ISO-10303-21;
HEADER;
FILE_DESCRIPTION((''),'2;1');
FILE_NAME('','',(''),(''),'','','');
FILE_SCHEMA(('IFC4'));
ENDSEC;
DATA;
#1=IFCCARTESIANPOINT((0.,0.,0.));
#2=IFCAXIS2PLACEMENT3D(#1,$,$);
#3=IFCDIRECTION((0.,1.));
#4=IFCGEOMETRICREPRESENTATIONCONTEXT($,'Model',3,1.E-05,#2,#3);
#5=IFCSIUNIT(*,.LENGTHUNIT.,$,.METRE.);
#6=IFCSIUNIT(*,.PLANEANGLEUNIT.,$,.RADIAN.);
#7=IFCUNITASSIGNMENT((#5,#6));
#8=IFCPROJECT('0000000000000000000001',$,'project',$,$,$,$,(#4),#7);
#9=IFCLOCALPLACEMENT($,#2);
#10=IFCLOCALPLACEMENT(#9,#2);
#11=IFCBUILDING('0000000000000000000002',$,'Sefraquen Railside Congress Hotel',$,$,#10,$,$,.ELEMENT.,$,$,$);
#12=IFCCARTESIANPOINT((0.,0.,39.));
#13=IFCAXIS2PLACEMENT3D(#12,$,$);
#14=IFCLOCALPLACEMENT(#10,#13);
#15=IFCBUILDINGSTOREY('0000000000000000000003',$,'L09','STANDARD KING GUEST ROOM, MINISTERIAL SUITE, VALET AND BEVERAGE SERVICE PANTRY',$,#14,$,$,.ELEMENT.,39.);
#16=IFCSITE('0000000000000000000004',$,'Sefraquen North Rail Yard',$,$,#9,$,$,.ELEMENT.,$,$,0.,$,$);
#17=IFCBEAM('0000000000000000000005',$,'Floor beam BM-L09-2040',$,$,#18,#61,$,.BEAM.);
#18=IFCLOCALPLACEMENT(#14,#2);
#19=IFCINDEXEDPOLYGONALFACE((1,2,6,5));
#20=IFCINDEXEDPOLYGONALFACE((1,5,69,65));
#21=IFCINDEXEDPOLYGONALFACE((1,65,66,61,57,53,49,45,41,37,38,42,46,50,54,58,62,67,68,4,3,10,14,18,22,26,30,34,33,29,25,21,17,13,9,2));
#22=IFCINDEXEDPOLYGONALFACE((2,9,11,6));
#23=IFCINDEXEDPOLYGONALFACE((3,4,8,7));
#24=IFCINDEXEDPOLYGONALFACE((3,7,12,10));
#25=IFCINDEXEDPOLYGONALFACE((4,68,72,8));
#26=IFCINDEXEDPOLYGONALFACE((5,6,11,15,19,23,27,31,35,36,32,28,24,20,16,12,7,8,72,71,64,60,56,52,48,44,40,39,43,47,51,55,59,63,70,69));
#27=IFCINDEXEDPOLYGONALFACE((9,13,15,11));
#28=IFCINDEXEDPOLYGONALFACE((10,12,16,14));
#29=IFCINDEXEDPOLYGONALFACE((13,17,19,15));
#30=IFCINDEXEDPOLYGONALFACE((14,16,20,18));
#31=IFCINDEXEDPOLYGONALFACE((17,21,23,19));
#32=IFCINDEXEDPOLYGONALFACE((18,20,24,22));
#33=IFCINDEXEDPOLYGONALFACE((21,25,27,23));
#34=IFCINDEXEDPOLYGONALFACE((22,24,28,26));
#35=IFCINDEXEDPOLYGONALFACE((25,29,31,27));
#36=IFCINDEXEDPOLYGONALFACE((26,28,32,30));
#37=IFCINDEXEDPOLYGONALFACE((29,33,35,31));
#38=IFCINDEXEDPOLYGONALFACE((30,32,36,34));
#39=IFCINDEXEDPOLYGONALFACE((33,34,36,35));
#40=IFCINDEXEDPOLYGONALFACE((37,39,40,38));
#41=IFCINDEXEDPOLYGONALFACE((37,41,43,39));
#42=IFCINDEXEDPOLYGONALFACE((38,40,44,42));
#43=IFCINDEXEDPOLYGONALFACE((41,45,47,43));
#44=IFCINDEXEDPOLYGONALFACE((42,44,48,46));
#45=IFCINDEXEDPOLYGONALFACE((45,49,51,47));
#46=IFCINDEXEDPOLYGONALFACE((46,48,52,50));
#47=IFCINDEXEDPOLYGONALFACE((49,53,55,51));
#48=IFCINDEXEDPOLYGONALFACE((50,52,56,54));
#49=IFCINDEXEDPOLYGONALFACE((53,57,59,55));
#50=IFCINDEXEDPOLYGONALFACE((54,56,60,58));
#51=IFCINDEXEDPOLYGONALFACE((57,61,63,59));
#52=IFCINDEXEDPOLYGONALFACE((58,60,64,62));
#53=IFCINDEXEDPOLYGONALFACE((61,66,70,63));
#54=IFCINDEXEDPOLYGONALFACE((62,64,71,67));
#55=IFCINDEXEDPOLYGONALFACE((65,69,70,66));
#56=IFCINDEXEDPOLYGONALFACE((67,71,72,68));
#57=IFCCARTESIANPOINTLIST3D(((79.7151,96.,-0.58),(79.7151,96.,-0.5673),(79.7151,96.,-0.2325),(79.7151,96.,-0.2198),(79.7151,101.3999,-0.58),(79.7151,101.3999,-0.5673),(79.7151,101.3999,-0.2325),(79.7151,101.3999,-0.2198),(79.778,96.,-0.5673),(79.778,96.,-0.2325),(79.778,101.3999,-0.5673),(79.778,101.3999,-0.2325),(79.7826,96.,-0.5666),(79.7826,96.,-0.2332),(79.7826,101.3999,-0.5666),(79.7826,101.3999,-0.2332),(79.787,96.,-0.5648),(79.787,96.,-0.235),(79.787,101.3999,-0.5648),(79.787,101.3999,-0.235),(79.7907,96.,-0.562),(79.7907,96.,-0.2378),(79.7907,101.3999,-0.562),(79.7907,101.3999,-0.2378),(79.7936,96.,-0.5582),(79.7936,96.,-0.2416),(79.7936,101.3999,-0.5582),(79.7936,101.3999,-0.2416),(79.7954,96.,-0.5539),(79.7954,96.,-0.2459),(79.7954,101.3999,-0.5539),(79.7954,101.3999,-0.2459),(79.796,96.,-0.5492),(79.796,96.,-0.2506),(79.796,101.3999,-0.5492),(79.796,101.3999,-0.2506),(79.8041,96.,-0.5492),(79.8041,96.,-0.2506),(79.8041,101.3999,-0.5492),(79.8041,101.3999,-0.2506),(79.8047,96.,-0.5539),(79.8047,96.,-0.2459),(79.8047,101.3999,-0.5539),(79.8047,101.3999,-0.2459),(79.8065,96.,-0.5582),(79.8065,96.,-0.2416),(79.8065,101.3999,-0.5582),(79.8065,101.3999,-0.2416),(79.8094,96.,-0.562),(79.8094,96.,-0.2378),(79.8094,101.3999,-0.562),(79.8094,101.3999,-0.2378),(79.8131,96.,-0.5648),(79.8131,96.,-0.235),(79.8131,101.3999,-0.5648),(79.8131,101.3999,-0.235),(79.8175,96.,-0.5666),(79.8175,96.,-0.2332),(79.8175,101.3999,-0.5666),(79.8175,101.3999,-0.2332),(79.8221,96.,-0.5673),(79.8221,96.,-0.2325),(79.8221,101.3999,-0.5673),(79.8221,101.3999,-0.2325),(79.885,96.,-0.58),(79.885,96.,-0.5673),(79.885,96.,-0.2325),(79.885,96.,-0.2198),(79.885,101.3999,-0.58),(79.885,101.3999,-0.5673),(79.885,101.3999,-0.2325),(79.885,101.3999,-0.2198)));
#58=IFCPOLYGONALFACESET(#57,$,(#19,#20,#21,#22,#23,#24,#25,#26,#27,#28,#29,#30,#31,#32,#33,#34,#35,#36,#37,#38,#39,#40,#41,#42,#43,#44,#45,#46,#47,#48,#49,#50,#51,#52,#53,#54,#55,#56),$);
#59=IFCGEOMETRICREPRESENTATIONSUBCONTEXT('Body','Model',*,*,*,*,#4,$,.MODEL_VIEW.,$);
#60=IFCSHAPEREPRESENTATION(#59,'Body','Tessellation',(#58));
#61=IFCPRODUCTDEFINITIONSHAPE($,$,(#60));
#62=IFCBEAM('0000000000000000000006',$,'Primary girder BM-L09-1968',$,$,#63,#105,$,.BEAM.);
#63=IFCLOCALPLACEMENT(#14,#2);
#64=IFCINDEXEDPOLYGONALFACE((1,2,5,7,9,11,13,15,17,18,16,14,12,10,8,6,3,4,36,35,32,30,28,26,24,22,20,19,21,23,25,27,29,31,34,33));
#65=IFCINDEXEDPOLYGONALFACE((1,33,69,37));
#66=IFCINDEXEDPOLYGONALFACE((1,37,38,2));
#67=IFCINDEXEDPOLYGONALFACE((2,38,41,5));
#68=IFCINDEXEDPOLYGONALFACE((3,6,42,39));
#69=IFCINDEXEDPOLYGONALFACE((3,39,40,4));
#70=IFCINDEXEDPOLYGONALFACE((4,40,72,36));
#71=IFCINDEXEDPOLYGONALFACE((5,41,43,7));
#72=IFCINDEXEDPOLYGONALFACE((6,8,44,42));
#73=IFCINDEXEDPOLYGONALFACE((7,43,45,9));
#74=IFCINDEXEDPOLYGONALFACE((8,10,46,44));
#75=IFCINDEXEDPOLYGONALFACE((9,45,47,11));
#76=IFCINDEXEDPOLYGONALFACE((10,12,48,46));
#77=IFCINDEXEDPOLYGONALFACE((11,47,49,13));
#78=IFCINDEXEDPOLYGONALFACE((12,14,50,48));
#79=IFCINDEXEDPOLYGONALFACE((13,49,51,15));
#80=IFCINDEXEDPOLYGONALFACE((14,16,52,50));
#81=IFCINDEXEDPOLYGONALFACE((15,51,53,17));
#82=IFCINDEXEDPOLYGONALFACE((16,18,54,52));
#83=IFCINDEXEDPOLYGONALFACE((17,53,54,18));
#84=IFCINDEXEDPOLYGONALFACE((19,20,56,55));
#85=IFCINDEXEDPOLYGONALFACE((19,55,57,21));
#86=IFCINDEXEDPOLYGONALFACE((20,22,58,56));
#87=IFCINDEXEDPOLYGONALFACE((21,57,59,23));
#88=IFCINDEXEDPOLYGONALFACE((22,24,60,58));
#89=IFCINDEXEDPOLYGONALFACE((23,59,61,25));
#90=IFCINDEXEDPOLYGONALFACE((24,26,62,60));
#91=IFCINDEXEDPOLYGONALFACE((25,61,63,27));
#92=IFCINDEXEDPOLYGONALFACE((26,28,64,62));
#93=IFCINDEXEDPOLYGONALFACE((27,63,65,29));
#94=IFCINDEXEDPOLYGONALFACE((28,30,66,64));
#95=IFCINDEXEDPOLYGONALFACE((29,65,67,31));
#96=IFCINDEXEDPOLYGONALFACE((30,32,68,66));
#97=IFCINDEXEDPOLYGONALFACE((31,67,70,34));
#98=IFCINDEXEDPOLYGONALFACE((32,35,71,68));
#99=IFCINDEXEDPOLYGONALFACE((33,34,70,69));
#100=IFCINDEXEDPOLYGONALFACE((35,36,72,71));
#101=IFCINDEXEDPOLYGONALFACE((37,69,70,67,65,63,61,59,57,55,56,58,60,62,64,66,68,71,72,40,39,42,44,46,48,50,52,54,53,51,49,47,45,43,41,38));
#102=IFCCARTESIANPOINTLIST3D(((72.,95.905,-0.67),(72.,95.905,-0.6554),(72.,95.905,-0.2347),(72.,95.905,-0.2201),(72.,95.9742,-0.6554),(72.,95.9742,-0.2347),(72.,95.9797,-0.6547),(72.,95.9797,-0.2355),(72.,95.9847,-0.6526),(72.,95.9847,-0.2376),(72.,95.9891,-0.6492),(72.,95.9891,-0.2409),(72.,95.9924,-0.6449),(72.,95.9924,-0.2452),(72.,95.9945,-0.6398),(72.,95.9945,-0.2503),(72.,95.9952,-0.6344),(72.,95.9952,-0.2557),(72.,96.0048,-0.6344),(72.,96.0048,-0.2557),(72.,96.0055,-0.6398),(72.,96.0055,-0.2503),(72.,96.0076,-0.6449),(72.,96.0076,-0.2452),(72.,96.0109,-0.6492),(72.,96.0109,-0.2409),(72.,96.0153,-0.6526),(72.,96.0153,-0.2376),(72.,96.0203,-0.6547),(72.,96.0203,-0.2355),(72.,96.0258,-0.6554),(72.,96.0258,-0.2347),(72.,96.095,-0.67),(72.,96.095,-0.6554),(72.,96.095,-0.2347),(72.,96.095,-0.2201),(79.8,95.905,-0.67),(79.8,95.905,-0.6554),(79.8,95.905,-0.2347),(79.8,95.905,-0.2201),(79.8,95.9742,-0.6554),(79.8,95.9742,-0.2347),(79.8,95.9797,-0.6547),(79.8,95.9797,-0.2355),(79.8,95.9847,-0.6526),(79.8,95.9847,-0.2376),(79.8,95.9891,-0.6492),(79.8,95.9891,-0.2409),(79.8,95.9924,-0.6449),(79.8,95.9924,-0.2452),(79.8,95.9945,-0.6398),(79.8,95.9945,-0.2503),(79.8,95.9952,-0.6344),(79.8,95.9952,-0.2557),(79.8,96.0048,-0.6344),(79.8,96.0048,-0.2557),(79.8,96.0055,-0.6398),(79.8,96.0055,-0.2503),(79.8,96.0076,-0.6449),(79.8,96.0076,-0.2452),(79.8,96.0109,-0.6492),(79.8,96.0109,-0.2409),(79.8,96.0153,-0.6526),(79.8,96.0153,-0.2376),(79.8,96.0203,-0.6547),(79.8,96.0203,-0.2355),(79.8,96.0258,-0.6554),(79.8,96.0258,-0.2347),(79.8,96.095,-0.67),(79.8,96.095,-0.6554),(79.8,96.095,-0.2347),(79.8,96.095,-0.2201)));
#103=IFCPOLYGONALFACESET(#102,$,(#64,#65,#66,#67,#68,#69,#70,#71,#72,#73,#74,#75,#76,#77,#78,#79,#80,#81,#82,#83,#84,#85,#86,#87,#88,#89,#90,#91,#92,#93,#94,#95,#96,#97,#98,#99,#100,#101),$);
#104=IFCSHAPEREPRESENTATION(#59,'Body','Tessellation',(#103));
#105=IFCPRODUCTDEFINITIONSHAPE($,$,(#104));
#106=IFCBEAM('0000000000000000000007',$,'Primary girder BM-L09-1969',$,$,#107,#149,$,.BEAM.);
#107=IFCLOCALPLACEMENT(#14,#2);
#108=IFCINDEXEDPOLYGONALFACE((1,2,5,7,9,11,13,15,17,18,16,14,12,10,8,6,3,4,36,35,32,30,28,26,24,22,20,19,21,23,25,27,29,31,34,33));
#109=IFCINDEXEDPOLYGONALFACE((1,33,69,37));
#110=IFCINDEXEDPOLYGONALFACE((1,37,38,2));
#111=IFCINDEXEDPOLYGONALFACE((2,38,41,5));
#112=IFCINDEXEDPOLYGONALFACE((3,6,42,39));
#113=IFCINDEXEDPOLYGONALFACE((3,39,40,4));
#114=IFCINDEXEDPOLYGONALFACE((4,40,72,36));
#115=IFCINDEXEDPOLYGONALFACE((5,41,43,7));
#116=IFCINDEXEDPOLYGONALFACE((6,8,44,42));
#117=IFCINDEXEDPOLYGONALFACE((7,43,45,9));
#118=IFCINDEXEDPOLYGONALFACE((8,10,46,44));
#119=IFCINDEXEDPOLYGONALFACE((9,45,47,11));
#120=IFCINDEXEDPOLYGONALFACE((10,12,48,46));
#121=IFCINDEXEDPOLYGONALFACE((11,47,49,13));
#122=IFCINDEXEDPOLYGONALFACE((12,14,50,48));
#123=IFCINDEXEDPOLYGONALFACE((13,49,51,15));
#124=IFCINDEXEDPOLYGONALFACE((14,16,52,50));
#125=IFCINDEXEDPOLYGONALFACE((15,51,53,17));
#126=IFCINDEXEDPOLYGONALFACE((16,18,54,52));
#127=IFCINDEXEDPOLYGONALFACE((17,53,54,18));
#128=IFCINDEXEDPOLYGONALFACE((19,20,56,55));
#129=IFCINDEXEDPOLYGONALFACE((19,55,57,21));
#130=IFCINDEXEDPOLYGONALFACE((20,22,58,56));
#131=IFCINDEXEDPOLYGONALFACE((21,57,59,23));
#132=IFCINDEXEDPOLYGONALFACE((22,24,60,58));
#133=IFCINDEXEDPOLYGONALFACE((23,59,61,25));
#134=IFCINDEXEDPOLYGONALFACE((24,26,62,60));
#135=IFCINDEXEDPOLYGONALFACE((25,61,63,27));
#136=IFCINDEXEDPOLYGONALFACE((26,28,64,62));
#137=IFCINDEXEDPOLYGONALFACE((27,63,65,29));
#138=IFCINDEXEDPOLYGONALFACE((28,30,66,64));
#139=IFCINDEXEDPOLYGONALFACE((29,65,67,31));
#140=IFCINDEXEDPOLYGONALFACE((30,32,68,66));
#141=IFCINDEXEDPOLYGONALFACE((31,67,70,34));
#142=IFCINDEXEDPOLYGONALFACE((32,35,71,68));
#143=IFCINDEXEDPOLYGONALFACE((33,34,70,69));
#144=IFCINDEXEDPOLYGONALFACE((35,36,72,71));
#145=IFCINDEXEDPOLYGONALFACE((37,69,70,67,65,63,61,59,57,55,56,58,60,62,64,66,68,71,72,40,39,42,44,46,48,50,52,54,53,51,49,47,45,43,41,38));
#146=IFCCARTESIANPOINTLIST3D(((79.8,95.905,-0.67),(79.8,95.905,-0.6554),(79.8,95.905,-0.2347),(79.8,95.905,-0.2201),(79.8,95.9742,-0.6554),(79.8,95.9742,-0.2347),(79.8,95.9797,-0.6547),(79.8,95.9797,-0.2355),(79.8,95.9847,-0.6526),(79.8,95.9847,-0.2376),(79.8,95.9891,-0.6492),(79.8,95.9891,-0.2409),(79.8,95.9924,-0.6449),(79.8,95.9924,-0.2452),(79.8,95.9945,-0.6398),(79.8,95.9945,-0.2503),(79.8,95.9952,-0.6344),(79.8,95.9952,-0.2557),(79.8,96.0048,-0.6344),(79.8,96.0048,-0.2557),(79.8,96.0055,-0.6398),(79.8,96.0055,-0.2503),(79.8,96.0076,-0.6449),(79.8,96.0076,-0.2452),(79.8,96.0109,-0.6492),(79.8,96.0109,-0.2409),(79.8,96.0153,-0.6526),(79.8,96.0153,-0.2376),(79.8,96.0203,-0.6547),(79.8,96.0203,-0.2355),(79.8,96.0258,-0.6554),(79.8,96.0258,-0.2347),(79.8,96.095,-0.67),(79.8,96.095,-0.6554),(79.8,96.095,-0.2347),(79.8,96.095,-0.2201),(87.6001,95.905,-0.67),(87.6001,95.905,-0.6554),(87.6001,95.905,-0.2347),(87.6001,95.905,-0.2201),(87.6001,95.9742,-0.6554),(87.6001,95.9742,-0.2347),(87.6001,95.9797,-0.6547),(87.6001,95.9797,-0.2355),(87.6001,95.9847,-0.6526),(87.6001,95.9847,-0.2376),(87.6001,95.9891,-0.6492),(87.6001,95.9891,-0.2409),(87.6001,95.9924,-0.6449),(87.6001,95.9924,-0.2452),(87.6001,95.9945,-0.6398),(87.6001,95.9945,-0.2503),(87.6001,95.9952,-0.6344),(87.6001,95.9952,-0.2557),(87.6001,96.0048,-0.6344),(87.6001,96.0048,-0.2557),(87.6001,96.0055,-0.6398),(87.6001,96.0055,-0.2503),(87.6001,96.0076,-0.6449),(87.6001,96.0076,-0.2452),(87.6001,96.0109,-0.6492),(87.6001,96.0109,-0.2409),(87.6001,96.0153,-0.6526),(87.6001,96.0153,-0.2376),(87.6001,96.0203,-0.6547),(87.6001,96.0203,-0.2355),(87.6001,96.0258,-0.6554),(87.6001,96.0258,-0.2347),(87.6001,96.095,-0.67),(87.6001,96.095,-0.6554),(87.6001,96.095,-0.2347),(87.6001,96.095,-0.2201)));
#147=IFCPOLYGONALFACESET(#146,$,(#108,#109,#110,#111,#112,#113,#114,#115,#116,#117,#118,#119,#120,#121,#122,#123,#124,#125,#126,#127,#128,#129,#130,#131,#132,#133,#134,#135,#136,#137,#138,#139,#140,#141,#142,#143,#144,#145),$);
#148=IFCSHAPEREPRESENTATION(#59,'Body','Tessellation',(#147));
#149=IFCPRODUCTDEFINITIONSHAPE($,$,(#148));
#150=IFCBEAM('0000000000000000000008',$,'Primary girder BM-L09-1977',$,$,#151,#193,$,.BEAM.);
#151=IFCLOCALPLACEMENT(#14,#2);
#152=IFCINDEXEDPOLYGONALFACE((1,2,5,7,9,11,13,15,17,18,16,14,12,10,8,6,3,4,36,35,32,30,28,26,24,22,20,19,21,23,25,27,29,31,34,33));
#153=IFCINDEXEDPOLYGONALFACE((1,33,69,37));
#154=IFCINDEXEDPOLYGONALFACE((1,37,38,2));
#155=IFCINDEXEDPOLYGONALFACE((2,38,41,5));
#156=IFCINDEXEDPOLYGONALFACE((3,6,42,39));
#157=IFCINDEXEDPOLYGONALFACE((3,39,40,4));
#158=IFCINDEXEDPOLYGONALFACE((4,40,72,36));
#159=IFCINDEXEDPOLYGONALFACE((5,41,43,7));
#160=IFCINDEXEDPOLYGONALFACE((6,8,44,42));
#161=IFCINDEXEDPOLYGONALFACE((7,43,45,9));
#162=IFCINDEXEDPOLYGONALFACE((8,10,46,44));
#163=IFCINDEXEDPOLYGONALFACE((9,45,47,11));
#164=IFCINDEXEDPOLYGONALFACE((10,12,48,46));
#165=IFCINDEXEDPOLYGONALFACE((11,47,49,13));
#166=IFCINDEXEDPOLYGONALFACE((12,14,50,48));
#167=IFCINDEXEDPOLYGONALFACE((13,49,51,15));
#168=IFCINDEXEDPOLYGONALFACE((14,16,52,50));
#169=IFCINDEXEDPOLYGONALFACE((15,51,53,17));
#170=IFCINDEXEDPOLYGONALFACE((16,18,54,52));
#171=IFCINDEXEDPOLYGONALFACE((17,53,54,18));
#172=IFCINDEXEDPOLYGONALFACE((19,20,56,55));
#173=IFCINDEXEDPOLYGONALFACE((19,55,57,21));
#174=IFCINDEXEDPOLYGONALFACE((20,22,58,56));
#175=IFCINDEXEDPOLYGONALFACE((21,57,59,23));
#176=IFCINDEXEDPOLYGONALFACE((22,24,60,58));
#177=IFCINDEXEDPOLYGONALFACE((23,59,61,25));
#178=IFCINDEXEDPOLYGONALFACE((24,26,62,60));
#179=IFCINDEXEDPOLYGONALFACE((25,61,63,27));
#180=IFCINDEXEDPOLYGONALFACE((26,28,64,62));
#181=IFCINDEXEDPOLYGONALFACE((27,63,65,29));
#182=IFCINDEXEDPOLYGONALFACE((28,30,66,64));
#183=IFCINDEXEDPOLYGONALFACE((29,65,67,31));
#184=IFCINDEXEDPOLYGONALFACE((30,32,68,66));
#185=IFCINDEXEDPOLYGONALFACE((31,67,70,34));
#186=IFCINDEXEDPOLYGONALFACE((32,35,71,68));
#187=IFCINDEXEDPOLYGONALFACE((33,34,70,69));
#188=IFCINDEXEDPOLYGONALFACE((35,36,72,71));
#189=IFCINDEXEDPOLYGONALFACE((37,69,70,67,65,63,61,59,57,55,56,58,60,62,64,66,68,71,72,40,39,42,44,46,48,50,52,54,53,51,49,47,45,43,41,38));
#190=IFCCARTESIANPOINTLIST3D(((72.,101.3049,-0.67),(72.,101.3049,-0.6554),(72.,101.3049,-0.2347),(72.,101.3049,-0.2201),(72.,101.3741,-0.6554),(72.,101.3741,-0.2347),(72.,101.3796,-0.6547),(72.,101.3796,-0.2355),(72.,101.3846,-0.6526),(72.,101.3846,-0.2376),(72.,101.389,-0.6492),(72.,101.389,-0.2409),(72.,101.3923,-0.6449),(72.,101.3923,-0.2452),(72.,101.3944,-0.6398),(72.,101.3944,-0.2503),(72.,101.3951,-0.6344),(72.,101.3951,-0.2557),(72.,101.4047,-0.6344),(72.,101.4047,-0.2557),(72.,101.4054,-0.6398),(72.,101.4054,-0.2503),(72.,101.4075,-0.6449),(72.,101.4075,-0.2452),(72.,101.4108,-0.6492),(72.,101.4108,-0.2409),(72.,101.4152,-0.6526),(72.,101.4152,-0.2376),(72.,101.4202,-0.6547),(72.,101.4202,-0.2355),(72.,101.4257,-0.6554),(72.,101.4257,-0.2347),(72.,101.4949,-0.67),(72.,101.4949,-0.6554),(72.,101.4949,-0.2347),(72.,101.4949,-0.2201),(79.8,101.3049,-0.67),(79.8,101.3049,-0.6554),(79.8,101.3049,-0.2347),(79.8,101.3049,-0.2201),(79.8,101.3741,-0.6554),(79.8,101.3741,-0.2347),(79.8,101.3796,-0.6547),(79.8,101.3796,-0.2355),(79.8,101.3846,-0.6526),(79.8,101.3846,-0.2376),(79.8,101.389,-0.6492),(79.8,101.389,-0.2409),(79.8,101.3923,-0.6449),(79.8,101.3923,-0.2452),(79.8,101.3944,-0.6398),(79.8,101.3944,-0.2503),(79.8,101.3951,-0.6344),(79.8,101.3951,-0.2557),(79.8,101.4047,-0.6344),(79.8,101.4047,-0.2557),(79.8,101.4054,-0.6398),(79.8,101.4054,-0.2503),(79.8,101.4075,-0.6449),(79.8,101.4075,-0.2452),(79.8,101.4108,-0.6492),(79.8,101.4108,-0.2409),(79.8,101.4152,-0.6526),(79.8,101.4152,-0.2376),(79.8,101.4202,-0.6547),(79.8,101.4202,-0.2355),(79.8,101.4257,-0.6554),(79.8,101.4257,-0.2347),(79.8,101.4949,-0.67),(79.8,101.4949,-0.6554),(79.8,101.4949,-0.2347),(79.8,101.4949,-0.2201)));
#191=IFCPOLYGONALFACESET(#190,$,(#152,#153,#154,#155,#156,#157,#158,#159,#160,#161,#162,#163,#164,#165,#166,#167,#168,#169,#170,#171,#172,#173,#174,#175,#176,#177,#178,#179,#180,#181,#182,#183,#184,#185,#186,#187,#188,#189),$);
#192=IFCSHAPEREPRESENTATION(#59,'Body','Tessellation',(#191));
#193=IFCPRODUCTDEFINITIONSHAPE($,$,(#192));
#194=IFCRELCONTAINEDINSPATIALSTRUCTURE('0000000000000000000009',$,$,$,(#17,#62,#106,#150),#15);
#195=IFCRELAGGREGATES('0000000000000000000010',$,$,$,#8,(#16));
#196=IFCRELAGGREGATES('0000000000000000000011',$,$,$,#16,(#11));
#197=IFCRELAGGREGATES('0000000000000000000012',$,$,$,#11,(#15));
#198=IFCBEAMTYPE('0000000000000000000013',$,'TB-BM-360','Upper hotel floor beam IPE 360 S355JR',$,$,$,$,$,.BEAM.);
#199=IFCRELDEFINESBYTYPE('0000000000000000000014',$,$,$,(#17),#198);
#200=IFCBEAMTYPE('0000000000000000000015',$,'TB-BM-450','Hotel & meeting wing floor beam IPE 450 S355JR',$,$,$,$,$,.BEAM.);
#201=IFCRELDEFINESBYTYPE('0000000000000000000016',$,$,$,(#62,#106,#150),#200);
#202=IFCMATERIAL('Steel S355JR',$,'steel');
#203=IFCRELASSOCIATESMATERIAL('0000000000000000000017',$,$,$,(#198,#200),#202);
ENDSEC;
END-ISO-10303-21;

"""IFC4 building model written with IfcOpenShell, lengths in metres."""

from ifc_helpers import new_model, si_unit, direction, frame, origin, origin_2d, place, context, subcontext, project, spatial, i_section, extrude, material, material_profile, profile_set, type_object, element, save


model = new_model("IFC4")

# Units and contexts
model_context = context("Model", 3, precision=1e-05, world=origin(), true_north=direction((0.0, 1.0)))
body_context = subcontext(model_context, "Body", "Model", "MODEL_VIEW")
ifc_project = project(units=[si_unit("LENGTHUNIT", "METRE"), si_unit("PLANEANGLEUNIT", "RADIAN")], contexts=[model_context])

# Site, building, storey
site_placement = place(None, origin())
site = spatial("IfcSite", under=ifc_project, at=site_placement, Name="Sefraquen North Rail Yard", CompositionType="ELEMENT", RefElevation=0.0)
building_placement = place(site_placement, origin())
building = spatial("IfcBuilding", under=site, at=building_placement, Name="Sefraquen Railside Congress Hotel", CompositionType="ELEMENT")
storey_placement = place(building_placement, frame((0.0, 0.0, 39.0)))
storey = spatial("IfcBuildingStorey", under=building, at=storey_placement, Name="L09", Description="STANDARD KING GUEST ROOM, MINISTERIAL SUITE, VALET AND BEVERAGE SERVICE PANTRY", CompositionType="ELEMENT", Elevation=39.0)

# Shared definitions
ifc_material_1 = material(Name="Steel S355JR", Category="steel")

# Beams
ifc_material_profile_1 = material_profile(ifc_material_1, i_section(OverallWidth=0.1699, OverallDepth=0.3601, WebThickness=0.0081, FlangeThickness=0.0127, FilletRadius=0.0181, at=origin_2d()), Name="IPE 360")
ifc_profile_set_1 = profile_set([ifc_material_profile_1], Name="Steel S355JR")
beam_type_1 = type_object("IfcBeamType", Name="TB-BM-360", Description="Upper hotel floor beam IPE 360 S355JR", PredefinedType="BEAM", material=ifc_profile_set_1)
for number, where, z_axis, x_axis, name in (
    (1, (79.8, 96.0, -0.3999), (0.0, 1.0, 0.0), (-1.0, 0.0, 0.0), "Floor beam BM-L09-2040"),
):
    element("IfcBeam", number, at=place(storey_placement, frame(where, z_axis=z_axis, x_axis=x_axis)), inside=storey, type_object=beam_type_1, Name=name, PredefinedType="BEAM", context=body_context, shape_type="SweptSolid", body=[
        extrude(i_section(OverallWidth=0.1699, OverallDepth=0.3601, WebThickness=0.0081, FlangeThickness=0.0127, FilletRadius=0.0181, at=origin_2d()), origin(), (0.0, 0.0, 1.0), 5.3999),
    ])
ifc_material_profile_2 = material_profile(ifc_material_1, i_section(OverallWidth=0.1899, OverallDepth=0.45, WebThickness=0.0095, FlangeThickness=0.0146, FilletRadius=0.021, at=origin_2d()), Name="IPE 450")
ifc_profile_set_2 = profile_set([ifc_material_profile_2], Name="Steel S355JR")
beam_type_2 = type_object("IfcBeamType", Name="TB-BM-450", Description="Hotel & meeting wing floor beam IPE 450 S355JR", PredefinedType="BEAM", material=ifc_profile_set_2)
for number, where, z_axis, x_axis, name in (
    (2, (72.0, 96.0, -0.4451), (1.0, 0.0, 0.0), (0.0, 1.0, 0.0), "Primary girder BM-L09-1968"),
    (3, (79.8, 96.0, -0.4451), (1.0, 0.0, 0.0), (0.0, 1.0, 0.0), "Primary girder BM-L09-1969"),
    (4, (72.0, 101.3999, -0.4451), (1.0, 0.0, 0.0), (0.0, 1.0, 0.0), "Primary girder BM-L09-1977"),
):
    element("IfcBeam", number, at=place(storey_placement, frame(where, z_axis=z_axis, x_axis=x_axis)), inside=storey, type_object=beam_type_2, Name=name, PredefinedType="BEAM", context=body_context, shape_type="SweptSolid", body=[
        extrude(i_section(OverallWidth=0.1899, OverallDepth=0.45, WebThickness=0.0095, FlangeThickness=0.0146, FilletRadius=0.021, at=origin_2d()), origin(), (0.0, 0.0, 1.0), 7.8),
    ])

save(model, "model.ifc")
